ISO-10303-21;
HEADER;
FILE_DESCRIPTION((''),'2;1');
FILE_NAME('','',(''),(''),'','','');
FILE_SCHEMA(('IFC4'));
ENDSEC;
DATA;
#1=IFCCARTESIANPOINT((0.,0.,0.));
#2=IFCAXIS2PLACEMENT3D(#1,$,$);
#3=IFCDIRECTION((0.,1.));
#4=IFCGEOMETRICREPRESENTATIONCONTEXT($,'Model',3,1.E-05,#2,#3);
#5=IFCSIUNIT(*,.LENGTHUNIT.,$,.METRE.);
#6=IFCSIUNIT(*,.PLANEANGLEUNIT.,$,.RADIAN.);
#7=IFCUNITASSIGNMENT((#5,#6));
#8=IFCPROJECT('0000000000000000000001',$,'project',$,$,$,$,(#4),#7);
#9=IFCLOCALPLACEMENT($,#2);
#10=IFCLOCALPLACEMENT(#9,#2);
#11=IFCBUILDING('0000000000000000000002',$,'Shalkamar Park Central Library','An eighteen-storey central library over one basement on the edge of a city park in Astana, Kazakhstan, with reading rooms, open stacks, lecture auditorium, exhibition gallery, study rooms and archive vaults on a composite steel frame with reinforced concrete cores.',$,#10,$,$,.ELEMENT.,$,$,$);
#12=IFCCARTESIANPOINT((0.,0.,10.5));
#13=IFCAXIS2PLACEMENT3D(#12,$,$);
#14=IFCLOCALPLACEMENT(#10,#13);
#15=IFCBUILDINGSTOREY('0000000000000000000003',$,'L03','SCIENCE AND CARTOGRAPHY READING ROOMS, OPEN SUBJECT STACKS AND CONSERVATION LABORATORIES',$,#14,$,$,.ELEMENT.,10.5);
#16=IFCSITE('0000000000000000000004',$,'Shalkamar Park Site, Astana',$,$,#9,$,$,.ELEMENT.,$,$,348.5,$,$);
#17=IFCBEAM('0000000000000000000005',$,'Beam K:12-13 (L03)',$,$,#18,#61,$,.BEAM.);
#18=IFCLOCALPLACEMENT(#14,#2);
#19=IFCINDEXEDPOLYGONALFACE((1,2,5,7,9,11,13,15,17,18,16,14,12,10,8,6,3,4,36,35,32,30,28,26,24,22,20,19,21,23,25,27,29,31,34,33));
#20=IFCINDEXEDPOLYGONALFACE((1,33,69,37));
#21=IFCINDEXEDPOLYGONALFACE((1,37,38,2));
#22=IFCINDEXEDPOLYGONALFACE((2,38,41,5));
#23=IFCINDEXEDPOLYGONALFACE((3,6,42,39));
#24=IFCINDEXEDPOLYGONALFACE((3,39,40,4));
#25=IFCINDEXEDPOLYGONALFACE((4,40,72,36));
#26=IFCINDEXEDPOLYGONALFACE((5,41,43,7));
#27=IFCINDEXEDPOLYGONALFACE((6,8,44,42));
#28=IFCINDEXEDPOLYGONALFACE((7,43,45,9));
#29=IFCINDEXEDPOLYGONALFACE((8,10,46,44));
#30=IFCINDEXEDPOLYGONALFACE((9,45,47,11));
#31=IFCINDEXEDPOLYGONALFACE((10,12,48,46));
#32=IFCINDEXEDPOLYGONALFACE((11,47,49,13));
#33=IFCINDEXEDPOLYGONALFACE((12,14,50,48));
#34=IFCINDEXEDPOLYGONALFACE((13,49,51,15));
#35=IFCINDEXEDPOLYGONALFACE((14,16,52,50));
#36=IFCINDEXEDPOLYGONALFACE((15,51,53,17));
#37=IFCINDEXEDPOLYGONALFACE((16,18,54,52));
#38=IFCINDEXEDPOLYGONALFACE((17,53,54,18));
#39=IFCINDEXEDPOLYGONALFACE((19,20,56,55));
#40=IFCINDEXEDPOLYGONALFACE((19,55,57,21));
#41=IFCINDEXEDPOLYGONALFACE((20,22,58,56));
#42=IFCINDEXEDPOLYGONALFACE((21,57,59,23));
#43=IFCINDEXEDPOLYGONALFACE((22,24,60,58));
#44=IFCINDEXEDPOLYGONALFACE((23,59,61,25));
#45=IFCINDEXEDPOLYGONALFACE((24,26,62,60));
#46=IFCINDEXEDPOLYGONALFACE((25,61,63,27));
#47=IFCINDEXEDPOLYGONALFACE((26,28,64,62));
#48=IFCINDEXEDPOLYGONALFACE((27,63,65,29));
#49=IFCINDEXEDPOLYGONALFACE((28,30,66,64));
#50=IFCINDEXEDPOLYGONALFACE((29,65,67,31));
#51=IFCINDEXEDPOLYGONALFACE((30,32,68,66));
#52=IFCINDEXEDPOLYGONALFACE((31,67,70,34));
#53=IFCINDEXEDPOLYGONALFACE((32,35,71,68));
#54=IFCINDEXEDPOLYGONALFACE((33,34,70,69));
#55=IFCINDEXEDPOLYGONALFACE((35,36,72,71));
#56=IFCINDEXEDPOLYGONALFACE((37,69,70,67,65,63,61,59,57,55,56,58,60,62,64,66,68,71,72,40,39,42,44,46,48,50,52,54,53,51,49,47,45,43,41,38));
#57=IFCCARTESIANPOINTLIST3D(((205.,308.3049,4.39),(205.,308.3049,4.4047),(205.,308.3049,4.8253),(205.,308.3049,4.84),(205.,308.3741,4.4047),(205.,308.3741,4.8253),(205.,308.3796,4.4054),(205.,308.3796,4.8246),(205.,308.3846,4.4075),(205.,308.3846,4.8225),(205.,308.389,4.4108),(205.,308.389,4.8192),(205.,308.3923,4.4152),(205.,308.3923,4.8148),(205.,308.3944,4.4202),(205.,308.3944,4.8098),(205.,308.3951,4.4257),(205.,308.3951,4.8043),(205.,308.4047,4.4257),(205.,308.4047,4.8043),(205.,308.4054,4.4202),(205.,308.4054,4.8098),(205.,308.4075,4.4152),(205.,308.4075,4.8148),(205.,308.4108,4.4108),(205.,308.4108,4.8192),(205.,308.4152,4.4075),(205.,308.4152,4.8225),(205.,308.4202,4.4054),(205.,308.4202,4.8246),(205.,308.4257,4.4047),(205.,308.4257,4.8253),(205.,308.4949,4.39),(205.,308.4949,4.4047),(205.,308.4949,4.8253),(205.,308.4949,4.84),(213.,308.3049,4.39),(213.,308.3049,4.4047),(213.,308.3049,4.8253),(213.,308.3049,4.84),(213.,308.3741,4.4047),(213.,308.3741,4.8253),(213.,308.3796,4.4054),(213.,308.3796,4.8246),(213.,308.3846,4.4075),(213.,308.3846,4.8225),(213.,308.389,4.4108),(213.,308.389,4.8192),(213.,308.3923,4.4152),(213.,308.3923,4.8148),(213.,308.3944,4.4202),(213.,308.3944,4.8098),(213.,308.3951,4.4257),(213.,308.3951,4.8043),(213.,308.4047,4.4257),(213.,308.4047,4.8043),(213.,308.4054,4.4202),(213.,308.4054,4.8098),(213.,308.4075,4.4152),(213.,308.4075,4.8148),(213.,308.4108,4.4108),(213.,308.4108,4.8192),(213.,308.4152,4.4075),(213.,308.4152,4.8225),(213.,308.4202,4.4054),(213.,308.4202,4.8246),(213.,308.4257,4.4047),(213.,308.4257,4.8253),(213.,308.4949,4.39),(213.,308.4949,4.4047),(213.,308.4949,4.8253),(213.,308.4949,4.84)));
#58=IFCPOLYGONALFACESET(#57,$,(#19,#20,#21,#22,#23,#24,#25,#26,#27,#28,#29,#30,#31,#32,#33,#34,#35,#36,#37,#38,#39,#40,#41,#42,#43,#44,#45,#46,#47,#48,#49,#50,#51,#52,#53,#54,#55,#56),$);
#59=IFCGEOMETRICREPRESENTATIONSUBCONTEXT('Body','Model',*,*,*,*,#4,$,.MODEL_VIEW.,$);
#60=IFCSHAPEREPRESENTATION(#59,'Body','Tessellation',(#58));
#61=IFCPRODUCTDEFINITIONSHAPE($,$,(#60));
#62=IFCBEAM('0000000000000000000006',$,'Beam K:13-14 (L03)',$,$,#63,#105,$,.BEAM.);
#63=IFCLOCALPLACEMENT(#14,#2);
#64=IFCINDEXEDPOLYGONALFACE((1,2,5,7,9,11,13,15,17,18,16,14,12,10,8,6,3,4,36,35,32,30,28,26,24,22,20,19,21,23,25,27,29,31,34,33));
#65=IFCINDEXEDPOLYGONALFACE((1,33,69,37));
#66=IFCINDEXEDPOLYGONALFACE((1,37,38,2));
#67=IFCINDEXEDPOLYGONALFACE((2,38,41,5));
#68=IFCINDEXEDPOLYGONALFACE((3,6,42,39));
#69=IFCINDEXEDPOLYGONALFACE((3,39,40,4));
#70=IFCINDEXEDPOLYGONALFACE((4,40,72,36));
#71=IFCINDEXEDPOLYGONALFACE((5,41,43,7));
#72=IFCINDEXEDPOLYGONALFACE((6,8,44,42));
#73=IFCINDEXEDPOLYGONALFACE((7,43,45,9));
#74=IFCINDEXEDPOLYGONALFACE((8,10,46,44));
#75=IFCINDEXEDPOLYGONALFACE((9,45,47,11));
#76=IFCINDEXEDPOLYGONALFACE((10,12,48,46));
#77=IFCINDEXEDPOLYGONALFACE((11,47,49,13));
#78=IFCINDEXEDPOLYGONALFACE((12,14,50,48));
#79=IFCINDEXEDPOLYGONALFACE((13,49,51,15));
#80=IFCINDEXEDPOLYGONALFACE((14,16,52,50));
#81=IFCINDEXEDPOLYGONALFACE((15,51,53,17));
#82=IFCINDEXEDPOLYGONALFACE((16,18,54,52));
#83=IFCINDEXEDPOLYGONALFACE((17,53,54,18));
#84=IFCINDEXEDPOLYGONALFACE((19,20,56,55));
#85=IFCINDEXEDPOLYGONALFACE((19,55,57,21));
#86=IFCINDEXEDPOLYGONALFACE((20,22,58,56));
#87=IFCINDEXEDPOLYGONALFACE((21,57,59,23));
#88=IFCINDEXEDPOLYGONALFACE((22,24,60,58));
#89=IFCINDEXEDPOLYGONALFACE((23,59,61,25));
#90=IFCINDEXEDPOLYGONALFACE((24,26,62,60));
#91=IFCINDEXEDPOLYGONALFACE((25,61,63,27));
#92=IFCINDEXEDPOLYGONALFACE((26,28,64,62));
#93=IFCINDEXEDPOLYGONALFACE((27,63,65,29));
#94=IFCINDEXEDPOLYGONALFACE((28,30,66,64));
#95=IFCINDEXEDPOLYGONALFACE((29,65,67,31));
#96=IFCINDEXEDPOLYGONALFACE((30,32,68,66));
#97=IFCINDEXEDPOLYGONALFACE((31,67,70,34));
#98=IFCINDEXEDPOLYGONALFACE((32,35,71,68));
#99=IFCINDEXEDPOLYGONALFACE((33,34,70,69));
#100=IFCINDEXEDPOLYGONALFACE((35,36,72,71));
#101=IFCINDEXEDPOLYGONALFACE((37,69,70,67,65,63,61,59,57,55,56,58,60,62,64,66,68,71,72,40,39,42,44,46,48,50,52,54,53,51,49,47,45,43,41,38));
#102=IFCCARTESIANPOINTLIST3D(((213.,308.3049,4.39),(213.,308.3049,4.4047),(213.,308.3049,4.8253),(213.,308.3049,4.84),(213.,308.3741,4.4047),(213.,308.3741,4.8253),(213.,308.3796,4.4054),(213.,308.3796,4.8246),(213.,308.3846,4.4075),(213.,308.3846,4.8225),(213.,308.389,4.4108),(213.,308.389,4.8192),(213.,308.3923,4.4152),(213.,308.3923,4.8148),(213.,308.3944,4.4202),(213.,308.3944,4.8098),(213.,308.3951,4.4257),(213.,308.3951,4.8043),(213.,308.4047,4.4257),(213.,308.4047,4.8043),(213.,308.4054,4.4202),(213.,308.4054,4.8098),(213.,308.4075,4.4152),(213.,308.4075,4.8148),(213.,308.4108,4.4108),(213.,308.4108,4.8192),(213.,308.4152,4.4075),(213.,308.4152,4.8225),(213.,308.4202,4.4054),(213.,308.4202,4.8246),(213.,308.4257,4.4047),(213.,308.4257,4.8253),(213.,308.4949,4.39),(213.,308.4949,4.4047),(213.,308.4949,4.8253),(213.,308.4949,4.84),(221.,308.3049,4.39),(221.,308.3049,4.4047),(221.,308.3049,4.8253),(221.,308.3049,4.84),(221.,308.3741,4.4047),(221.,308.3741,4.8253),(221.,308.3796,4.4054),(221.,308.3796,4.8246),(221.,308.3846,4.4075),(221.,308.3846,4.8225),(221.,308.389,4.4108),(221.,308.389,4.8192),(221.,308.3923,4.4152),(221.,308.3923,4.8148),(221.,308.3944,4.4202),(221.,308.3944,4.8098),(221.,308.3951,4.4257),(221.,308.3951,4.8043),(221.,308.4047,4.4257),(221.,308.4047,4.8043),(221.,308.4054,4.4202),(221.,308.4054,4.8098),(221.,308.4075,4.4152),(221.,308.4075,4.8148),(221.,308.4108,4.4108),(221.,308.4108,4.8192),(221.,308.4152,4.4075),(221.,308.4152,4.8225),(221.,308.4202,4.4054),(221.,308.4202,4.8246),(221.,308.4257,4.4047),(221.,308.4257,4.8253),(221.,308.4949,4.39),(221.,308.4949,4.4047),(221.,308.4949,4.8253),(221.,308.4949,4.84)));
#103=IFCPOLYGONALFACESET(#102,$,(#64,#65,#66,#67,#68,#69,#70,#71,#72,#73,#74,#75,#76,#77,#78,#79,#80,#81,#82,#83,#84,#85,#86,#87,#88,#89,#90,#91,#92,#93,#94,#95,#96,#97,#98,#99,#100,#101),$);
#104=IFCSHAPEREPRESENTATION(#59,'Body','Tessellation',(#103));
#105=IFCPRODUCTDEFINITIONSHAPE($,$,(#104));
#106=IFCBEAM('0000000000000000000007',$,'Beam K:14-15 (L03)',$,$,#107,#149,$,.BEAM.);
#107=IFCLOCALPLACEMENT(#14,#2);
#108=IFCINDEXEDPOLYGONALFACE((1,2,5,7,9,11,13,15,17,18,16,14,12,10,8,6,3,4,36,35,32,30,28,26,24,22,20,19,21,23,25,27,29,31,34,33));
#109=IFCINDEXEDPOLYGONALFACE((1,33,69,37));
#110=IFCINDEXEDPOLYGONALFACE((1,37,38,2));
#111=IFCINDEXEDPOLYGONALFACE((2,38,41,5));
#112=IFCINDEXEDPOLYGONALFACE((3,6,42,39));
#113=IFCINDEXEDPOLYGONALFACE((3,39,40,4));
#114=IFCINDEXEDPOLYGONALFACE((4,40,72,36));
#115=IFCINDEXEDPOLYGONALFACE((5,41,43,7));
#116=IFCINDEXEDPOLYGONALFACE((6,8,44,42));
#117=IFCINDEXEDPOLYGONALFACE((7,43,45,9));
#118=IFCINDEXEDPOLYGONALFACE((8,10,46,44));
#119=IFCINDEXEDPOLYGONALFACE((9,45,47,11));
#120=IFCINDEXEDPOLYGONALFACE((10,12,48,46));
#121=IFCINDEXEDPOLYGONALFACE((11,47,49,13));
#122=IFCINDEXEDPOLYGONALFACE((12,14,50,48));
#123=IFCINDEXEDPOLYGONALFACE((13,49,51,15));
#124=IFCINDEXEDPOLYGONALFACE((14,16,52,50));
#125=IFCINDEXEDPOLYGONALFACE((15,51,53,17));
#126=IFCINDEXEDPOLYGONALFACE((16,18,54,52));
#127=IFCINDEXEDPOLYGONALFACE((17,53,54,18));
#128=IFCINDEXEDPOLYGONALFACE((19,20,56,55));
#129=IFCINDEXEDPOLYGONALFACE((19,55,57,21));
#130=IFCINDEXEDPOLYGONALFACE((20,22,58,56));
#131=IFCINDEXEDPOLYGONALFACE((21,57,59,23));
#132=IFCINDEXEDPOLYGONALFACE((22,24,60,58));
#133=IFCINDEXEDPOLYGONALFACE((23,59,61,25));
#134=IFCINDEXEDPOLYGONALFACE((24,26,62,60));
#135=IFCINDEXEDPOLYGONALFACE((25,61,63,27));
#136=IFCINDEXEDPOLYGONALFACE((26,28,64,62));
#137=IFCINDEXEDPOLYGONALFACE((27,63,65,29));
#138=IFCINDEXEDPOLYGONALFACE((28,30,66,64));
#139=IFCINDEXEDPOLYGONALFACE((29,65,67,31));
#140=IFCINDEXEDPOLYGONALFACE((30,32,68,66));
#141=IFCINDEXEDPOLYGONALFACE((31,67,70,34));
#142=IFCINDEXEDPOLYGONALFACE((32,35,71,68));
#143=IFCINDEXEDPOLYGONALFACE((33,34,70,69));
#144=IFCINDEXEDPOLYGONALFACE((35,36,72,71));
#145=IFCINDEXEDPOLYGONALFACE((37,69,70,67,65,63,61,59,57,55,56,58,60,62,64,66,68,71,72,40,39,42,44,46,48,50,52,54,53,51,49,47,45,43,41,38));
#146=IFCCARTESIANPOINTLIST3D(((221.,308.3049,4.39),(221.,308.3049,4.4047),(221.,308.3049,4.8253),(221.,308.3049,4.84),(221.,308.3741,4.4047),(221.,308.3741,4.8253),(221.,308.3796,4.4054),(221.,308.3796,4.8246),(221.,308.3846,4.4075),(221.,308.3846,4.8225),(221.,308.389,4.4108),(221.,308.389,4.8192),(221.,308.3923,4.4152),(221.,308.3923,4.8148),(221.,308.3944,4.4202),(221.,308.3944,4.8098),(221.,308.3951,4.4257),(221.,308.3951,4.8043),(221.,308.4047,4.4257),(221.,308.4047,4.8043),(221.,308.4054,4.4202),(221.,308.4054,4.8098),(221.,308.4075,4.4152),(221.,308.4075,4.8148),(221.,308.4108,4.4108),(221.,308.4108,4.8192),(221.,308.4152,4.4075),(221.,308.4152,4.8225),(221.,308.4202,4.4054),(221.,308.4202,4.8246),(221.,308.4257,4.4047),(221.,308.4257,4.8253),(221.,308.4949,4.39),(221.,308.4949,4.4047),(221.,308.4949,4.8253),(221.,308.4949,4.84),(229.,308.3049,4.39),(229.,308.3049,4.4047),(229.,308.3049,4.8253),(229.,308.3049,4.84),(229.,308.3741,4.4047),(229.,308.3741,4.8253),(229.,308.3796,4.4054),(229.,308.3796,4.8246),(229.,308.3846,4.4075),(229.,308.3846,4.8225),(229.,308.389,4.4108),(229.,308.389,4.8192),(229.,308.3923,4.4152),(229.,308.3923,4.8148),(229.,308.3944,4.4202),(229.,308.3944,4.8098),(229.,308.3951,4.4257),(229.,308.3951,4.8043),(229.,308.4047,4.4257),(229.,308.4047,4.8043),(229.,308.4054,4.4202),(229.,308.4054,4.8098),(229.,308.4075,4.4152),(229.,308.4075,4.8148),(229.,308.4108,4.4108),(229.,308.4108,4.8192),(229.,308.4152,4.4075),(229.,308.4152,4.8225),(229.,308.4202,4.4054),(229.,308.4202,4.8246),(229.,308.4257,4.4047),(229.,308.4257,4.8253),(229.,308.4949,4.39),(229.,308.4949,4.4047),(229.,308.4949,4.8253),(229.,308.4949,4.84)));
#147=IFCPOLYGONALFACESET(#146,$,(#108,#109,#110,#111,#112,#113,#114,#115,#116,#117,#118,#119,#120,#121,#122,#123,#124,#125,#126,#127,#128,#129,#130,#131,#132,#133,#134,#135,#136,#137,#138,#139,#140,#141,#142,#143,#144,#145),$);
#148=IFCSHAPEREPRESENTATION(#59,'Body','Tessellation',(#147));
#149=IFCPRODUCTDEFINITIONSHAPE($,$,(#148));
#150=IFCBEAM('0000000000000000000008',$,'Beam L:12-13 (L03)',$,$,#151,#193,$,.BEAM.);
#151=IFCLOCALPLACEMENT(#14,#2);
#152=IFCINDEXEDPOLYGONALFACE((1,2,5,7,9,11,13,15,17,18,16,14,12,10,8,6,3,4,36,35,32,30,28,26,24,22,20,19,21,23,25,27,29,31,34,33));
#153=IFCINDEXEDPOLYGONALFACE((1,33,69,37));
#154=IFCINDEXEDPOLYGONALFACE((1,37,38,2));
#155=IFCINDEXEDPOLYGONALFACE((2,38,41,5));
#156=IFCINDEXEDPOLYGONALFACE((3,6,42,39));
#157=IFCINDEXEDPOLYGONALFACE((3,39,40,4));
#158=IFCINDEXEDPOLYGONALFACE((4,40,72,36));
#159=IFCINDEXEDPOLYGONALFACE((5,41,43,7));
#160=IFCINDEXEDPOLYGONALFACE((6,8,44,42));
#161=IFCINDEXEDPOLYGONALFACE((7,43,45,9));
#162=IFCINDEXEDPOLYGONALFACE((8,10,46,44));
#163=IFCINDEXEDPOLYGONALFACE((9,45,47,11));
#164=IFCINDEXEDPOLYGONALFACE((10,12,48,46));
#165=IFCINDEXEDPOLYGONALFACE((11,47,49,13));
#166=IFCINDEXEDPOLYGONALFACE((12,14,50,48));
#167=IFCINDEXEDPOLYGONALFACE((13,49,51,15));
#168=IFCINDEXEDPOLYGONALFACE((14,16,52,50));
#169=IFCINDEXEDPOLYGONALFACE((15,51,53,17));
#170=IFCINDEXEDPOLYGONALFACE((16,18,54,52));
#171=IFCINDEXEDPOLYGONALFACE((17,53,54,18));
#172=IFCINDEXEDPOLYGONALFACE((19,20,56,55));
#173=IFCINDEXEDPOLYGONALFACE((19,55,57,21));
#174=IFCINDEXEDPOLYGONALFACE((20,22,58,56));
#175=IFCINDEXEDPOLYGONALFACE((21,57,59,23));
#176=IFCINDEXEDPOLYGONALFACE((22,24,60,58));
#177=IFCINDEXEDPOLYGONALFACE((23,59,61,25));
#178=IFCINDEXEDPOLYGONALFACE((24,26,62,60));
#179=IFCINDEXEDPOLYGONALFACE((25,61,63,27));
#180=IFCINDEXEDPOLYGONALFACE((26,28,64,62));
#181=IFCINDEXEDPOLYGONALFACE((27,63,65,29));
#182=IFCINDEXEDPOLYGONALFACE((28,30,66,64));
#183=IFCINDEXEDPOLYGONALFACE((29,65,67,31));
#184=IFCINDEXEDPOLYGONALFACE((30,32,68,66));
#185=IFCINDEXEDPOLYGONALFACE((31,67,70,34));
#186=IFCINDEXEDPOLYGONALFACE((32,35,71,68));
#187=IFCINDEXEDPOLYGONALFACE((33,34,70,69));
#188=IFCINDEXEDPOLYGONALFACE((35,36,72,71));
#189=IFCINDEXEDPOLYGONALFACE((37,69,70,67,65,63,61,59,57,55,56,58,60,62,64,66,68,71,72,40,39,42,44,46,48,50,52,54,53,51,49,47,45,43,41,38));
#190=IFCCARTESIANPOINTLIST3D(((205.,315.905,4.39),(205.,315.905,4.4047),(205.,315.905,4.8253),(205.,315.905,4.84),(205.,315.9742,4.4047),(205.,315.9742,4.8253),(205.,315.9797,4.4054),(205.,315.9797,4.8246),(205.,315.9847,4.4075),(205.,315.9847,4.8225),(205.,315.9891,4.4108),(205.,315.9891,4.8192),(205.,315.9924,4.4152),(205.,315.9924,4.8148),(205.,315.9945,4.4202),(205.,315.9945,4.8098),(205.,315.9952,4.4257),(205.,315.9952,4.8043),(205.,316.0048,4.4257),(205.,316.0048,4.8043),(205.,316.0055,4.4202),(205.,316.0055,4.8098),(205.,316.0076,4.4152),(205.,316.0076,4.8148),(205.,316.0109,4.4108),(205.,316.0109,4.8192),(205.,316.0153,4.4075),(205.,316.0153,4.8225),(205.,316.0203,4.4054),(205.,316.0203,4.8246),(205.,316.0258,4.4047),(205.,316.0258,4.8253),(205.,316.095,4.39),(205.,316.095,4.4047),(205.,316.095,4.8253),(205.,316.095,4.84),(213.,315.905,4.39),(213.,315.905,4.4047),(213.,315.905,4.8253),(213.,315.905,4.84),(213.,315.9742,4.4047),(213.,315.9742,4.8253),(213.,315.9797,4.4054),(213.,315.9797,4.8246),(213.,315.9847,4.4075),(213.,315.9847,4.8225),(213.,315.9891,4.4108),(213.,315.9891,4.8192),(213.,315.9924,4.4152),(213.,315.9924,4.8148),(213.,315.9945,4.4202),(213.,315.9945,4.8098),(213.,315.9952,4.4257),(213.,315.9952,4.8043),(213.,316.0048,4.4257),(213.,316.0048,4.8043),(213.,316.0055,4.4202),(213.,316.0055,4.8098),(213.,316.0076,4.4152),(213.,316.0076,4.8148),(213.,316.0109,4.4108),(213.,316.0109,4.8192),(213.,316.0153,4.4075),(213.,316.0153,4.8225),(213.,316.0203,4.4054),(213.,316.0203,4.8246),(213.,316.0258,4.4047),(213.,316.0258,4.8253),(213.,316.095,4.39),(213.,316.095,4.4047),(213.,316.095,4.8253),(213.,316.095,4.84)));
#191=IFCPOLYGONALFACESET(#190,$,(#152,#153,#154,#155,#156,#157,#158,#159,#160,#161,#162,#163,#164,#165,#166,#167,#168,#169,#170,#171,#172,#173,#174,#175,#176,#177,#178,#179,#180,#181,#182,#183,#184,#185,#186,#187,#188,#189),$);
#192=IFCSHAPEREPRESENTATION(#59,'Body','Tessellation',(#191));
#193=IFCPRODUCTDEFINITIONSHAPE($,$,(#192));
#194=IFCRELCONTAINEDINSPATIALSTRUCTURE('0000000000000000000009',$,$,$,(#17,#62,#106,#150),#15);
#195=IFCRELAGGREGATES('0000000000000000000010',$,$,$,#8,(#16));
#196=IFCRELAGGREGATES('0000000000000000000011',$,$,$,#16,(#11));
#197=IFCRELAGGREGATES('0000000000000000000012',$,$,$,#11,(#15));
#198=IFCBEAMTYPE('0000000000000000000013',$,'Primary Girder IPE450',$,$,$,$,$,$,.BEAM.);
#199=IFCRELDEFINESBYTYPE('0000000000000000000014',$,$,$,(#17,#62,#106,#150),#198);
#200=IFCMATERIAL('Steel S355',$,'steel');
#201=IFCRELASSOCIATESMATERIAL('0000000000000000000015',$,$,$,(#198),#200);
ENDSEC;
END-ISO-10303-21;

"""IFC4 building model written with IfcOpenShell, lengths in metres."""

from ifc_helpers import new_model, si_unit, direction, frame, origin, origin_2d, place, context, subcontext, project, spatial, i_section, extrude, material, material_profile, profile_set, type_object, element, save


model = new_model("IFC4")

# Units and contexts
model_context = context("Model", 3, precision=1e-05, world=origin(), true_north=direction((0.0, 1.0)))
body_context = subcontext(model_context, "Body", "Model", "MODEL_VIEW")
ifc_project = project(units=[si_unit("LENGTHUNIT", "METRE"), si_unit("PLANEANGLEUNIT", "RADIAN")], contexts=[model_context])

# Site, building, storey
site_placement = place(None, origin())
site = spatial("IfcSite", under=ifc_project, at=site_placement, Name="Shalkamar Park Site, Astana", CompositionType="ELEMENT", RefElevation=348.5)
building_placement = place(site_placement, origin())
building = spatial("IfcBuilding", under=site, at=building_placement, Name="Shalkamar Park Central Library", Description="An eighteen-storey central library over one basement on the edge of a city park in Astana, Kazakhstan, with reading rooms, open stacks, lecture auditorium, exhibition gallery, study rooms and archive vaults on a composite steel frame with reinforced concrete cores.", CompositionType="ELEMENT")
storey_placement = place(building_placement, frame((0.0, 0.0, 10.5)))
storey = spatial("IfcBuildingStorey", under=building, at=storey_placement, Name="L03", Description="SCIENCE AND CARTOGRAPHY READING ROOMS, OPEN SUBJECT STACKS AND CONSERVATION LABORATORIES", CompositionType="ELEMENT", Elevation=10.5)

# Shared definitions
ifc_material = material(Name="Steel S355", Category="steel")

# Beams
ifc_material_profile_1 = material_profile(ifc_material, i_section(OverallWidth=0.1899, OverallDepth=0.45, WebThickness=0.0095, FlangeThickness=0.0146, FilletRadius=0.021, at=origin_2d()), Name="IPE 450")
ifc_profile_set_1 = profile_set([ifc_material_profile_1], Name="Steel S355")
beam_type_1 = type_object("IfcBeamType", Name="Primary Girder IPE450", PredefinedType="BEAM", material=ifc_profile_set_1)
for number, where, z_axis, x_axis, name in (
    (1, (205.0, 308.3999, 4.615), (1.0, 0.0, 0.0), (0.0, 1.0, 0.0), "Beam K:12-13 (L03)"),
    (2, (213.0, 308.3999, 4.615), (1.0, 0.0, 0.0), (0.0, 1.0, 0.0), "Beam K:13-14 (L03)"),
    (3, (221.0, 308.3999, 4.615), (1.0, 0.0, 0.0), (0.0, 1.0, 0.0), "Beam K:14-15 (L03)"),
    (4, (205.0, 316.0, 4.615), (1.0, 0.0, 0.0), (0.0, 1.0, 0.0), "Beam L:12-13 (L03)"),
):
    element("IfcBeam", number, at=place(storey_placement, frame(where, z_axis=z_axis, x_axis=x_axis)), inside=storey, type_object=beam_type_1, Name=name, PredefinedType="BEAM", context=body_context, shape_type="SweptSolid", body=[
        extrude(i_section(OverallWidth=0.1899, OverallDepth=0.45, WebThickness=0.0095, FlangeThickness=0.0146, FilletRadius=0.021, at=origin_2d()), origin(), (0.0, 0.0, 1.0), 8.0),
    ])

save(model, "model.ifc")
